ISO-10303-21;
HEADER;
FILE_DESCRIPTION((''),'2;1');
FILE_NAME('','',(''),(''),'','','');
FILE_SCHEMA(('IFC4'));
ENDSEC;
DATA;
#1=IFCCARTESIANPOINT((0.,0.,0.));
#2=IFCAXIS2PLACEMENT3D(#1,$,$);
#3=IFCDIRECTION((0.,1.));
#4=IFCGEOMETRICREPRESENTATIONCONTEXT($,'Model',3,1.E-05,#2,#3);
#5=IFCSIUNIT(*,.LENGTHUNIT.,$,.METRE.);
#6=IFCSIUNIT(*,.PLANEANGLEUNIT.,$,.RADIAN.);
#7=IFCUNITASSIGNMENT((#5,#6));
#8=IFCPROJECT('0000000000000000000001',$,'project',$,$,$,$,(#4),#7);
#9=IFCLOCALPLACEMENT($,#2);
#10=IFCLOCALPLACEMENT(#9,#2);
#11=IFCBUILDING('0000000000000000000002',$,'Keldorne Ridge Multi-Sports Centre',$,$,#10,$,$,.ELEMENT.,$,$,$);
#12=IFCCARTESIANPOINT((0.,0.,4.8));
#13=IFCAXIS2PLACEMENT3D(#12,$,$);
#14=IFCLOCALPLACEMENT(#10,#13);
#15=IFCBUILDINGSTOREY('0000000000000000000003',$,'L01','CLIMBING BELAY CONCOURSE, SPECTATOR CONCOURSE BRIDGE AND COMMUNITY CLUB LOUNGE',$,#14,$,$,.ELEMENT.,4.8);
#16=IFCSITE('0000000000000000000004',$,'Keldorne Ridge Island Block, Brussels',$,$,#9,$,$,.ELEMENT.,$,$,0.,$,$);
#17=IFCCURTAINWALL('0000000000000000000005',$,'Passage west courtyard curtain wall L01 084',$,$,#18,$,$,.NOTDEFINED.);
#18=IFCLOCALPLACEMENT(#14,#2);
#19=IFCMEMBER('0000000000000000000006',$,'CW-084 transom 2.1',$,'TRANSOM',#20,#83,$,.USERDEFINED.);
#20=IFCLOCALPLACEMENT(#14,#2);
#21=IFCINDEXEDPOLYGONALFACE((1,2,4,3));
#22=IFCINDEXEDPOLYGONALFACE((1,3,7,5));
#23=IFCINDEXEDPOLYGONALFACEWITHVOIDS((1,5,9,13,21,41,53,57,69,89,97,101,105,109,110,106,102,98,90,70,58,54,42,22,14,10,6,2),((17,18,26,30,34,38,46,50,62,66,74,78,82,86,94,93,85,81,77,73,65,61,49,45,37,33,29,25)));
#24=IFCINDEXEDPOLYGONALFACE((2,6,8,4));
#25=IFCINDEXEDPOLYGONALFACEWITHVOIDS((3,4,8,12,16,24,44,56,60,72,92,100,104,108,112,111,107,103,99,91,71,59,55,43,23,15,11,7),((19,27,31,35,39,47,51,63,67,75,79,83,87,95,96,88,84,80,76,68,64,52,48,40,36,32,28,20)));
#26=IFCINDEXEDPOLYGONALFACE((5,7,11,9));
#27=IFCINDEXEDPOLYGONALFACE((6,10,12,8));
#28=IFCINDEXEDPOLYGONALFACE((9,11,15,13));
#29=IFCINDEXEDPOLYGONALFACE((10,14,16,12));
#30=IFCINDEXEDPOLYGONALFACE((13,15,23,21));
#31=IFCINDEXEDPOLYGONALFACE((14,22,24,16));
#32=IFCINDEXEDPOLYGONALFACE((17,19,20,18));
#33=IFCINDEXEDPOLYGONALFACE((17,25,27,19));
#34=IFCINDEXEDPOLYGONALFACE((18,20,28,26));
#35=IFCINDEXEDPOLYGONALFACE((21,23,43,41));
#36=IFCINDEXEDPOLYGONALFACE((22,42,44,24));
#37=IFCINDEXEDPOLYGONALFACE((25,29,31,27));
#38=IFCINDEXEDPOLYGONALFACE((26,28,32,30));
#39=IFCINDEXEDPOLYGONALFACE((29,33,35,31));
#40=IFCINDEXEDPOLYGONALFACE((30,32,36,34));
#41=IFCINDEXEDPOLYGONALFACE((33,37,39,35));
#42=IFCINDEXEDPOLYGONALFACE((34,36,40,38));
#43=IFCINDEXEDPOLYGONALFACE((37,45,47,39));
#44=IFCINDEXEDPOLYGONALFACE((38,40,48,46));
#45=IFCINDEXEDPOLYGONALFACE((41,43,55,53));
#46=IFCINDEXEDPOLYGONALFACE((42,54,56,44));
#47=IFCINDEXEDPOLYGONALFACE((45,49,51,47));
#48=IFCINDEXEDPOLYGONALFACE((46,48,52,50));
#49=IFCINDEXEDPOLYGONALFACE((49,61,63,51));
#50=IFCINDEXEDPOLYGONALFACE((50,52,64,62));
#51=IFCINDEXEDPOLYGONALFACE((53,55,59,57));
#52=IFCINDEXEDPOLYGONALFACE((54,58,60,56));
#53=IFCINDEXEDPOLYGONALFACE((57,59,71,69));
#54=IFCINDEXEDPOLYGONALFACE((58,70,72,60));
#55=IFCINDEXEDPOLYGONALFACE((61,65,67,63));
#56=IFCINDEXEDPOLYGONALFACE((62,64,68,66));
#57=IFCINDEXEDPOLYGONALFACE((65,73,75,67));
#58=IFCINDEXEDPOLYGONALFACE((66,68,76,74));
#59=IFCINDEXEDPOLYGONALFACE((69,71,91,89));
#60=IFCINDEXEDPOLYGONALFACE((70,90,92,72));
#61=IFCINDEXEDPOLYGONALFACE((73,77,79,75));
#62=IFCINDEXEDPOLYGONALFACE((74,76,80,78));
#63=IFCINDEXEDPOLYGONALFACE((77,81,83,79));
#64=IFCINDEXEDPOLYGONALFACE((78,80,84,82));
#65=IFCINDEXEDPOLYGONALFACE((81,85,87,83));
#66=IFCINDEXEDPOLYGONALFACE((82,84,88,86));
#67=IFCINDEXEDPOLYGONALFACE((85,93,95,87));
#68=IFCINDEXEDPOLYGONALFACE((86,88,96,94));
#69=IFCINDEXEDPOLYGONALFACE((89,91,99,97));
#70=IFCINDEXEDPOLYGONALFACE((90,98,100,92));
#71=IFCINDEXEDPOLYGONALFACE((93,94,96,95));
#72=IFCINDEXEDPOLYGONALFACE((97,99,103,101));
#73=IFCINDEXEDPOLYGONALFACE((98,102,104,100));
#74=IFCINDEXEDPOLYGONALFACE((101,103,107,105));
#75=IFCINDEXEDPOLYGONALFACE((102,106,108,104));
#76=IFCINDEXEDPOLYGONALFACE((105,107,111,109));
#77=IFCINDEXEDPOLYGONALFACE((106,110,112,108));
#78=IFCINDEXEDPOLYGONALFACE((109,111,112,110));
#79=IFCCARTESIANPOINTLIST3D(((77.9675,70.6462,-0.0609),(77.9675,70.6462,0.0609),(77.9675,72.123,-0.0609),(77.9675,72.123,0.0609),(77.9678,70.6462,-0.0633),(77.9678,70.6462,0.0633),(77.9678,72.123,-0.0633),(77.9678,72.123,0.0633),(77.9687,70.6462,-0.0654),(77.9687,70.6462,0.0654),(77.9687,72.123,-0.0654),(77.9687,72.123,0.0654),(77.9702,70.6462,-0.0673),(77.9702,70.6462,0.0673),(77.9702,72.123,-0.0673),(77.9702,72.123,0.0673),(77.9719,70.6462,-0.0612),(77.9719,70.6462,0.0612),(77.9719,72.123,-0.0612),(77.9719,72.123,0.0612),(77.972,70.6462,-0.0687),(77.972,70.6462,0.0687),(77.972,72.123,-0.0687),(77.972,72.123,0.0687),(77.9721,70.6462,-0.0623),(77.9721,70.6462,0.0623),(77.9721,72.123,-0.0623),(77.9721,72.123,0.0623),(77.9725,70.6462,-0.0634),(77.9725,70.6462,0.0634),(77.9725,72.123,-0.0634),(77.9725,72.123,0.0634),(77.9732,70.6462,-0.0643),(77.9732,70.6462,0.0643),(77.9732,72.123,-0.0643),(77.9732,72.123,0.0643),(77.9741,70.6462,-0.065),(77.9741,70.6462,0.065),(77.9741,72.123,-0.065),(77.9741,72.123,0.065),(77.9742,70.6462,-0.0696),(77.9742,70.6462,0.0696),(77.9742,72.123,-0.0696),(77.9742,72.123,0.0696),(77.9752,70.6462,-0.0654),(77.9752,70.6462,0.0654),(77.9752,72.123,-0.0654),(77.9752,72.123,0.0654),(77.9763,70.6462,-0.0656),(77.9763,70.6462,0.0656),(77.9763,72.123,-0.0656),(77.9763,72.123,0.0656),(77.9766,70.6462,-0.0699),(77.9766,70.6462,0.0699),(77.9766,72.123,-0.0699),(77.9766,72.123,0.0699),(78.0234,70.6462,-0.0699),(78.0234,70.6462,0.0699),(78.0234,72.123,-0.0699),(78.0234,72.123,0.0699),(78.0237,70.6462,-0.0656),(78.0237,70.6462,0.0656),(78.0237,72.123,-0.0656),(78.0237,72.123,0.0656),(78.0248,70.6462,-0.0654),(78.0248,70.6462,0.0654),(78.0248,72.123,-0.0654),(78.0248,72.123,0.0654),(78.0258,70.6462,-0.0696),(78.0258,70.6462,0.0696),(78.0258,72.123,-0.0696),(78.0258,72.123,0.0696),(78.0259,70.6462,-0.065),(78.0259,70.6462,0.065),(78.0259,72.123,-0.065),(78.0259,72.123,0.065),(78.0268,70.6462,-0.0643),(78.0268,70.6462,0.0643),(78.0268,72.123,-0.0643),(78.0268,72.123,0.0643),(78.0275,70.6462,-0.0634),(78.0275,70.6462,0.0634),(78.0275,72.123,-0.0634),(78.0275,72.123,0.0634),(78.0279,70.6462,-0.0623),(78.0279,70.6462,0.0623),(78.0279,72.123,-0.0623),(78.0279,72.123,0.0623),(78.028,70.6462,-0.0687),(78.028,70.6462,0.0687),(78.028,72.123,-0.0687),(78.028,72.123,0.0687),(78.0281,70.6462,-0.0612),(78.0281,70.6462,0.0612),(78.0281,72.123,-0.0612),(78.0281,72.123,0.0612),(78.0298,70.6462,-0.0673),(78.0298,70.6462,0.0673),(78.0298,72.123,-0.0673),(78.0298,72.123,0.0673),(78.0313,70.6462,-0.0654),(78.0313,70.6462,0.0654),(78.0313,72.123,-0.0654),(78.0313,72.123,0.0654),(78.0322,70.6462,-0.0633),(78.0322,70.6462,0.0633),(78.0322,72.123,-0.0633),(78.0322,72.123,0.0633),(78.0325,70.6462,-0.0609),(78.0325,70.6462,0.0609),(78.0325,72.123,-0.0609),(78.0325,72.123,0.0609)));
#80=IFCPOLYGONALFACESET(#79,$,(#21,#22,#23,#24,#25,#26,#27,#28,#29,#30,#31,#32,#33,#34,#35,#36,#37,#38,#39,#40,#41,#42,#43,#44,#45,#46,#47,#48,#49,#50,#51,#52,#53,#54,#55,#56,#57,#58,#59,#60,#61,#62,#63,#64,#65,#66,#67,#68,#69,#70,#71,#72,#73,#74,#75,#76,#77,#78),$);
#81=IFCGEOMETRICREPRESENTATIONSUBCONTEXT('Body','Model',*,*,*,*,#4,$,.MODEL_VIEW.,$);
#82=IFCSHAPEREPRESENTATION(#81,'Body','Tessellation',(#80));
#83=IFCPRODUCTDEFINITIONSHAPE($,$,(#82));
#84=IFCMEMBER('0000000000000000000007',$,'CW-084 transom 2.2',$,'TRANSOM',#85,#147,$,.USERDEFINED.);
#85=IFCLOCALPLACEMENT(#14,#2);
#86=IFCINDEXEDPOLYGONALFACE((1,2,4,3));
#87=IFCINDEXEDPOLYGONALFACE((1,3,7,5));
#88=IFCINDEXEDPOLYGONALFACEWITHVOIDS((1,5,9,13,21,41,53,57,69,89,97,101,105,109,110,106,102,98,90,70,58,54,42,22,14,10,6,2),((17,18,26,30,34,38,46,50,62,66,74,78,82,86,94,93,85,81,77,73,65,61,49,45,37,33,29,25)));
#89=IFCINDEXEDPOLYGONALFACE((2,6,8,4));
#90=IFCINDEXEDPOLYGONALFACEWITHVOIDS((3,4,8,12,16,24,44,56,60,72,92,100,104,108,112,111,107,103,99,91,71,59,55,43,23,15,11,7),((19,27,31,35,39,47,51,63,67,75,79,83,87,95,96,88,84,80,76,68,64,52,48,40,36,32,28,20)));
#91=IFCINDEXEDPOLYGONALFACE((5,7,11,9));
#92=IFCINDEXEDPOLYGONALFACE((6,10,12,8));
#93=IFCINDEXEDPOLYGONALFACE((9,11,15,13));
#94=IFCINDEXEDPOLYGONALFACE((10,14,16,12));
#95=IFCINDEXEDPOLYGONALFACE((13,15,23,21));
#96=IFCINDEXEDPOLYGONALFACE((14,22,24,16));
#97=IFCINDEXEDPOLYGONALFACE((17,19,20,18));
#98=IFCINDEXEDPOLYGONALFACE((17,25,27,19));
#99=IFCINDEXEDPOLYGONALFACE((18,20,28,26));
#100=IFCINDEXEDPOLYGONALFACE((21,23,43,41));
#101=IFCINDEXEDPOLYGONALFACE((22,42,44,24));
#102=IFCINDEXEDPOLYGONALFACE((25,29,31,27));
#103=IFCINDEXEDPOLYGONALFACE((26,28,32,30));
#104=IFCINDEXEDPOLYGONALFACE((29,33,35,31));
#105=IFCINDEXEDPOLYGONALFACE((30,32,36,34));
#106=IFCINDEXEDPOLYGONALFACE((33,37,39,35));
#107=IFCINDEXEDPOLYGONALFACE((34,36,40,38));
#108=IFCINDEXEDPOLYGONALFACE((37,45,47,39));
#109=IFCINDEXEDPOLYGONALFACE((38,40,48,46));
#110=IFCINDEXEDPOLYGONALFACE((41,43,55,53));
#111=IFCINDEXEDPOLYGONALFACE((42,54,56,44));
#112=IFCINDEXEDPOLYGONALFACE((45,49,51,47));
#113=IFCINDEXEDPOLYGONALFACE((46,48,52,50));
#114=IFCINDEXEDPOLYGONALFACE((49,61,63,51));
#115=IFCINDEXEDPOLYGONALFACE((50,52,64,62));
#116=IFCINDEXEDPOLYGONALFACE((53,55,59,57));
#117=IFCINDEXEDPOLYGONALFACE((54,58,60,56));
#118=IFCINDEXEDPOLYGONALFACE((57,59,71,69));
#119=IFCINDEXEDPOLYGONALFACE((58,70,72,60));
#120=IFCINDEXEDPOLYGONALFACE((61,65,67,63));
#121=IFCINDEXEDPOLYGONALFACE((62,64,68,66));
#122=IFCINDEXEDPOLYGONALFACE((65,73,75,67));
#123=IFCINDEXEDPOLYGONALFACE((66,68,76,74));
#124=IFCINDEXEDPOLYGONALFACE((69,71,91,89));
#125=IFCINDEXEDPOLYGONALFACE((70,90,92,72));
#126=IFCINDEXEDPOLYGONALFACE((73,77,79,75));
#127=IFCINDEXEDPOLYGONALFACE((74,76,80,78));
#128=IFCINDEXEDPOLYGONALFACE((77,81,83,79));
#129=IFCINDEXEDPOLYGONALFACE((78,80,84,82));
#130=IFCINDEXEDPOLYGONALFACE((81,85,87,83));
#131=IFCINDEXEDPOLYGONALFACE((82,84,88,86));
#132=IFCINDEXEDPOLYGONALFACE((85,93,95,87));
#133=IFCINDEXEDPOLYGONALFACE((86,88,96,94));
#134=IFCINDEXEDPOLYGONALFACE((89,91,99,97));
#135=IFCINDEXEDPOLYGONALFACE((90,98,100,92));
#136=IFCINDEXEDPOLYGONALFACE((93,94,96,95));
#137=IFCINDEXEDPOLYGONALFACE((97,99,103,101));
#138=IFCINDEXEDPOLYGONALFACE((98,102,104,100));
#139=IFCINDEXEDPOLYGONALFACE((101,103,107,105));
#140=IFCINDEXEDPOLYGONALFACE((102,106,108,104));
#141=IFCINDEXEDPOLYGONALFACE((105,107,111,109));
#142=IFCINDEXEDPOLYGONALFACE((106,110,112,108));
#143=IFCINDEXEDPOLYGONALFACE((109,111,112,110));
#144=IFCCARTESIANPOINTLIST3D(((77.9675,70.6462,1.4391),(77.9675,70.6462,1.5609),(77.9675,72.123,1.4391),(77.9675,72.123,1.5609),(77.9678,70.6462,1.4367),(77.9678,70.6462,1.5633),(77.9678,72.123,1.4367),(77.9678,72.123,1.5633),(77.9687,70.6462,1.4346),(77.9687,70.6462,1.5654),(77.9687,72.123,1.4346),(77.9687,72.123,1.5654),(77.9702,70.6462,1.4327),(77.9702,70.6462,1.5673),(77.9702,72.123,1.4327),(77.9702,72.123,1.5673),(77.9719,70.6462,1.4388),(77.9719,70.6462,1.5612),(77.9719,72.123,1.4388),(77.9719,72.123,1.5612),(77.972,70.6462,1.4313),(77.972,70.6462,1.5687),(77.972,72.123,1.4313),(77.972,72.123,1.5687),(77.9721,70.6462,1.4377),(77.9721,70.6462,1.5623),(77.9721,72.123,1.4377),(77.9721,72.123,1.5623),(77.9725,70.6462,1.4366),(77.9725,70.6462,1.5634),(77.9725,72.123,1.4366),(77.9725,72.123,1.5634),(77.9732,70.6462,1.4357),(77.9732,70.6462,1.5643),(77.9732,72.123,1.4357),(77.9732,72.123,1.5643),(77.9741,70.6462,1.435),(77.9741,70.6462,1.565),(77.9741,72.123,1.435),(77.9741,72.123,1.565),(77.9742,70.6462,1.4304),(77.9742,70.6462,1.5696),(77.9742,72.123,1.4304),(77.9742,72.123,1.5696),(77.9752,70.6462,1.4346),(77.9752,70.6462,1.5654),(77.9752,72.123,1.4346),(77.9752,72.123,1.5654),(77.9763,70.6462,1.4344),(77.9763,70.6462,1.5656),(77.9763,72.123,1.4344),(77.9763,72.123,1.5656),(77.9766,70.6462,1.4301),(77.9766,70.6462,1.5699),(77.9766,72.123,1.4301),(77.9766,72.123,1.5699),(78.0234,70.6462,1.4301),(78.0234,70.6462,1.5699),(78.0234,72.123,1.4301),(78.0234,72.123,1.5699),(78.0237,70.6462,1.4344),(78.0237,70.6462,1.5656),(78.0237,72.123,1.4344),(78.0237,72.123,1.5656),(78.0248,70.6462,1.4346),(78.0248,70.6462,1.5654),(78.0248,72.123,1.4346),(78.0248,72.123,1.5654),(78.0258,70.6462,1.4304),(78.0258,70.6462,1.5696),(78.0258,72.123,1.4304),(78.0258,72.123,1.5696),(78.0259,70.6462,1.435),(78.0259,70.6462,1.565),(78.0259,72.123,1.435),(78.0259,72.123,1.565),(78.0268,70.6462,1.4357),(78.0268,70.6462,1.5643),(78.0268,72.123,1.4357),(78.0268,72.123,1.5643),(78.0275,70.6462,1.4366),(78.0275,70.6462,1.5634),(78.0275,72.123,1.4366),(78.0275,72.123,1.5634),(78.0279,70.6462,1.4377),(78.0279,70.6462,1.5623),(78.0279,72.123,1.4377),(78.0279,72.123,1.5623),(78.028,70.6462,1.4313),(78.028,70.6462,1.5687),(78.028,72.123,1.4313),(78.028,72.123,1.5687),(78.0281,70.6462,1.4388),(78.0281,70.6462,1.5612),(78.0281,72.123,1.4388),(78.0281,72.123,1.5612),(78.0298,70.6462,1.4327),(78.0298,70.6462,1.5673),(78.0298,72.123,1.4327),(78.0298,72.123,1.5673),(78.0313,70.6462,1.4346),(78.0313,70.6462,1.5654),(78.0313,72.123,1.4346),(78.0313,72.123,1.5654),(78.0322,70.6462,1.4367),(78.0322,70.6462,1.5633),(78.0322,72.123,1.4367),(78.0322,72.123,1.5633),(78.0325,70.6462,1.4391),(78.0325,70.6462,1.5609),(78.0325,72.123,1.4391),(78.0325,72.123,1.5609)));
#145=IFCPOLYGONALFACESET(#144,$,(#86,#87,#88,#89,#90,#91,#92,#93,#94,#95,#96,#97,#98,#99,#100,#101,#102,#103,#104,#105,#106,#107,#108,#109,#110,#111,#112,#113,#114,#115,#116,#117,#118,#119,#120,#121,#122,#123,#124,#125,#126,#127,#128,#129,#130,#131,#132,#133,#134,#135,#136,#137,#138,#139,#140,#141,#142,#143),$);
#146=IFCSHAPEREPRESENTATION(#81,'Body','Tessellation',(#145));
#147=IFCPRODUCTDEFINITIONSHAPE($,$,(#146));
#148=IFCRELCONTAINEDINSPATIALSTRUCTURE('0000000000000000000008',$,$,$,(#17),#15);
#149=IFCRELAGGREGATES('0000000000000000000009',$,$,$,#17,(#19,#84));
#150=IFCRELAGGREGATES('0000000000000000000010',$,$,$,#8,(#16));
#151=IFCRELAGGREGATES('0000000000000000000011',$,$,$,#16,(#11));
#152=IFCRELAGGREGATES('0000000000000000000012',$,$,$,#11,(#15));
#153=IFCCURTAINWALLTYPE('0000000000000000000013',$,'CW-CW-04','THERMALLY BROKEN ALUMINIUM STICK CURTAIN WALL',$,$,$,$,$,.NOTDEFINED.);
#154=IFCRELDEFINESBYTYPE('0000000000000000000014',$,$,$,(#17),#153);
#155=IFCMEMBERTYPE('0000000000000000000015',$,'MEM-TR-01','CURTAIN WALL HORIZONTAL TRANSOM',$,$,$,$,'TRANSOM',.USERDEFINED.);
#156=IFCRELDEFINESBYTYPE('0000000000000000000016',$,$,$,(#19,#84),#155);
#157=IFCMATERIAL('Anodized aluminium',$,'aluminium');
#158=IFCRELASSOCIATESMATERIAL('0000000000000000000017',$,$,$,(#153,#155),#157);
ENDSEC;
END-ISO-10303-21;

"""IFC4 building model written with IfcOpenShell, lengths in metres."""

from ifc_helpers import new_model, si_unit, direction, frame, origin, origin_2d, place, context, subcontext, project, spatial, hollow_rectangle, extrude, material, material_profile, profile_set, type_object, element, aggregate, save


model = new_model("IFC4")

# Units and contexts
model_context = context("Model", 3, precision=1e-05, world=origin(), true_north=direction((0.0, 1.0)))
body_context = subcontext(model_context, "Body", "Model", "MODEL_VIEW")
ifc_project = project(units=[si_unit("LENGTHUNIT", "METRE"), si_unit("PLANEANGLEUNIT", "RADIAN")], contexts=[model_context])

# Site, building, storey
site_placement = place(None, origin())
site = spatial("IfcSite", under=ifc_project, at=site_placement, Name="Keldorne Ridge Island Block, Brussels", CompositionType="ELEMENT", RefElevation=0.0)
building_placement = place(site_placement, origin())
building = spatial("IfcBuilding", under=site, at=building_placement, Name="Keldorne Ridge Multi-Sports Centre", CompositionType="ELEMENT")
storey_placement = place(building_placement, frame((0.0, 0.0, 4.8)))
storey = spatial("IfcBuildingStorey", under=building, at=storey_placement, Name="L01", Description="CLIMBING BELAY CONCOURSE, SPECTATOR CONCOURSE BRIDGE AND COMMUNITY CLUB LOUNGE", CompositionType="ELEMENT", Elevation=4.8)

# Curtain wall, members
ifc_material_1 = material(Name="Anodized aluminium", Category="aluminium")
curtain_wall_type = type_object("IfcCurtainWallType", Name="CW-CW-04", Description="THERMALLY BROKEN ALUMINIUM STICK CURTAIN WALL", PredefinedType="NOTDEFINED", material=ifc_material_1)
curtain_wall_placement = place(storey_placement, origin())
curtain_wall = element("IfcCurtainWall", 1, at=curtain_wall_placement, inside=storey, type_object=curtain_wall_type, Name="Passage west courtyard curtain wall L01 084", PredefinedType="NOTDEFINED")
ifc_material_profile_1 = material_profile(ifc_material_1, hollow_rectangle(XDim=0.0649, YDim=0.1399, WallThickness=0.0044, InnerFilletRadius=0.0044, OuterFilletRadius=0.009, at=origin_2d()), Name="ALU TRANSOM 140x65x4.5")
ifc_profile_set_1 = profile_set([ifc_material_profile_1], Name="Anodized aluminium")
member_type_1 = type_object("IfcMemberType", Name="MEM-TR-01", Description="CURTAIN WALL HORIZONTAL TRANSOM", ElementType="TRANSOM", PredefinedType="USERDEFINED", material=ifc_profile_set_1)
member_1_placement = place(storey_placement, frame((78.0, 72.123, 0.0), z_axis=(0.0, -1.0, 0.0), x_axis=(1.0, 0.0, 0.0)))
member_1 = element("IfcMember", 2, at=member_1_placement, type_object=member_type_1, Name="CW-084 transom 2.1", ObjectType="TRANSOM", PredefinedType="USERDEFINED", context=body_context, shape_type="SweptSolid", body=[
    extrude(hollow_rectangle(XDim=0.0649, YDim=0.1399, WallThickness=0.0044, InnerFilletRadius=0.0044, OuterFilletRadius=0.009, at=origin_2d()), origin(), (0.0, 0.0, 1.0), 1.4768),
])
member_2_placement = place(storey_placement, frame((78.0, 72.123, 1.5), z_axis=(0.0, -1.0, 0.0), x_axis=(1.0, 0.0, 0.0)))
member_2 = element("IfcMember", 3, at=member_2_placement, type_object=member_type_1, Name="CW-084 transom 2.2", ObjectType="TRANSOM", PredefinedType="USERDEFINED", context=body_context, shape_type="SweptSolid", body=[
    extrude(hollow_rectangle(XDim=0.0649, YDim=0.1399, WallThickness=0.0044, InnerFilletRadius=0.0044, OuterFilletRadius=0.009, at=origin_2d()), origin(), (0.0, 0.0, 1.0), 1.4768),
])
aggregate(curtain_wall, [member_1, member_2])

save(model, "model.ifc")
